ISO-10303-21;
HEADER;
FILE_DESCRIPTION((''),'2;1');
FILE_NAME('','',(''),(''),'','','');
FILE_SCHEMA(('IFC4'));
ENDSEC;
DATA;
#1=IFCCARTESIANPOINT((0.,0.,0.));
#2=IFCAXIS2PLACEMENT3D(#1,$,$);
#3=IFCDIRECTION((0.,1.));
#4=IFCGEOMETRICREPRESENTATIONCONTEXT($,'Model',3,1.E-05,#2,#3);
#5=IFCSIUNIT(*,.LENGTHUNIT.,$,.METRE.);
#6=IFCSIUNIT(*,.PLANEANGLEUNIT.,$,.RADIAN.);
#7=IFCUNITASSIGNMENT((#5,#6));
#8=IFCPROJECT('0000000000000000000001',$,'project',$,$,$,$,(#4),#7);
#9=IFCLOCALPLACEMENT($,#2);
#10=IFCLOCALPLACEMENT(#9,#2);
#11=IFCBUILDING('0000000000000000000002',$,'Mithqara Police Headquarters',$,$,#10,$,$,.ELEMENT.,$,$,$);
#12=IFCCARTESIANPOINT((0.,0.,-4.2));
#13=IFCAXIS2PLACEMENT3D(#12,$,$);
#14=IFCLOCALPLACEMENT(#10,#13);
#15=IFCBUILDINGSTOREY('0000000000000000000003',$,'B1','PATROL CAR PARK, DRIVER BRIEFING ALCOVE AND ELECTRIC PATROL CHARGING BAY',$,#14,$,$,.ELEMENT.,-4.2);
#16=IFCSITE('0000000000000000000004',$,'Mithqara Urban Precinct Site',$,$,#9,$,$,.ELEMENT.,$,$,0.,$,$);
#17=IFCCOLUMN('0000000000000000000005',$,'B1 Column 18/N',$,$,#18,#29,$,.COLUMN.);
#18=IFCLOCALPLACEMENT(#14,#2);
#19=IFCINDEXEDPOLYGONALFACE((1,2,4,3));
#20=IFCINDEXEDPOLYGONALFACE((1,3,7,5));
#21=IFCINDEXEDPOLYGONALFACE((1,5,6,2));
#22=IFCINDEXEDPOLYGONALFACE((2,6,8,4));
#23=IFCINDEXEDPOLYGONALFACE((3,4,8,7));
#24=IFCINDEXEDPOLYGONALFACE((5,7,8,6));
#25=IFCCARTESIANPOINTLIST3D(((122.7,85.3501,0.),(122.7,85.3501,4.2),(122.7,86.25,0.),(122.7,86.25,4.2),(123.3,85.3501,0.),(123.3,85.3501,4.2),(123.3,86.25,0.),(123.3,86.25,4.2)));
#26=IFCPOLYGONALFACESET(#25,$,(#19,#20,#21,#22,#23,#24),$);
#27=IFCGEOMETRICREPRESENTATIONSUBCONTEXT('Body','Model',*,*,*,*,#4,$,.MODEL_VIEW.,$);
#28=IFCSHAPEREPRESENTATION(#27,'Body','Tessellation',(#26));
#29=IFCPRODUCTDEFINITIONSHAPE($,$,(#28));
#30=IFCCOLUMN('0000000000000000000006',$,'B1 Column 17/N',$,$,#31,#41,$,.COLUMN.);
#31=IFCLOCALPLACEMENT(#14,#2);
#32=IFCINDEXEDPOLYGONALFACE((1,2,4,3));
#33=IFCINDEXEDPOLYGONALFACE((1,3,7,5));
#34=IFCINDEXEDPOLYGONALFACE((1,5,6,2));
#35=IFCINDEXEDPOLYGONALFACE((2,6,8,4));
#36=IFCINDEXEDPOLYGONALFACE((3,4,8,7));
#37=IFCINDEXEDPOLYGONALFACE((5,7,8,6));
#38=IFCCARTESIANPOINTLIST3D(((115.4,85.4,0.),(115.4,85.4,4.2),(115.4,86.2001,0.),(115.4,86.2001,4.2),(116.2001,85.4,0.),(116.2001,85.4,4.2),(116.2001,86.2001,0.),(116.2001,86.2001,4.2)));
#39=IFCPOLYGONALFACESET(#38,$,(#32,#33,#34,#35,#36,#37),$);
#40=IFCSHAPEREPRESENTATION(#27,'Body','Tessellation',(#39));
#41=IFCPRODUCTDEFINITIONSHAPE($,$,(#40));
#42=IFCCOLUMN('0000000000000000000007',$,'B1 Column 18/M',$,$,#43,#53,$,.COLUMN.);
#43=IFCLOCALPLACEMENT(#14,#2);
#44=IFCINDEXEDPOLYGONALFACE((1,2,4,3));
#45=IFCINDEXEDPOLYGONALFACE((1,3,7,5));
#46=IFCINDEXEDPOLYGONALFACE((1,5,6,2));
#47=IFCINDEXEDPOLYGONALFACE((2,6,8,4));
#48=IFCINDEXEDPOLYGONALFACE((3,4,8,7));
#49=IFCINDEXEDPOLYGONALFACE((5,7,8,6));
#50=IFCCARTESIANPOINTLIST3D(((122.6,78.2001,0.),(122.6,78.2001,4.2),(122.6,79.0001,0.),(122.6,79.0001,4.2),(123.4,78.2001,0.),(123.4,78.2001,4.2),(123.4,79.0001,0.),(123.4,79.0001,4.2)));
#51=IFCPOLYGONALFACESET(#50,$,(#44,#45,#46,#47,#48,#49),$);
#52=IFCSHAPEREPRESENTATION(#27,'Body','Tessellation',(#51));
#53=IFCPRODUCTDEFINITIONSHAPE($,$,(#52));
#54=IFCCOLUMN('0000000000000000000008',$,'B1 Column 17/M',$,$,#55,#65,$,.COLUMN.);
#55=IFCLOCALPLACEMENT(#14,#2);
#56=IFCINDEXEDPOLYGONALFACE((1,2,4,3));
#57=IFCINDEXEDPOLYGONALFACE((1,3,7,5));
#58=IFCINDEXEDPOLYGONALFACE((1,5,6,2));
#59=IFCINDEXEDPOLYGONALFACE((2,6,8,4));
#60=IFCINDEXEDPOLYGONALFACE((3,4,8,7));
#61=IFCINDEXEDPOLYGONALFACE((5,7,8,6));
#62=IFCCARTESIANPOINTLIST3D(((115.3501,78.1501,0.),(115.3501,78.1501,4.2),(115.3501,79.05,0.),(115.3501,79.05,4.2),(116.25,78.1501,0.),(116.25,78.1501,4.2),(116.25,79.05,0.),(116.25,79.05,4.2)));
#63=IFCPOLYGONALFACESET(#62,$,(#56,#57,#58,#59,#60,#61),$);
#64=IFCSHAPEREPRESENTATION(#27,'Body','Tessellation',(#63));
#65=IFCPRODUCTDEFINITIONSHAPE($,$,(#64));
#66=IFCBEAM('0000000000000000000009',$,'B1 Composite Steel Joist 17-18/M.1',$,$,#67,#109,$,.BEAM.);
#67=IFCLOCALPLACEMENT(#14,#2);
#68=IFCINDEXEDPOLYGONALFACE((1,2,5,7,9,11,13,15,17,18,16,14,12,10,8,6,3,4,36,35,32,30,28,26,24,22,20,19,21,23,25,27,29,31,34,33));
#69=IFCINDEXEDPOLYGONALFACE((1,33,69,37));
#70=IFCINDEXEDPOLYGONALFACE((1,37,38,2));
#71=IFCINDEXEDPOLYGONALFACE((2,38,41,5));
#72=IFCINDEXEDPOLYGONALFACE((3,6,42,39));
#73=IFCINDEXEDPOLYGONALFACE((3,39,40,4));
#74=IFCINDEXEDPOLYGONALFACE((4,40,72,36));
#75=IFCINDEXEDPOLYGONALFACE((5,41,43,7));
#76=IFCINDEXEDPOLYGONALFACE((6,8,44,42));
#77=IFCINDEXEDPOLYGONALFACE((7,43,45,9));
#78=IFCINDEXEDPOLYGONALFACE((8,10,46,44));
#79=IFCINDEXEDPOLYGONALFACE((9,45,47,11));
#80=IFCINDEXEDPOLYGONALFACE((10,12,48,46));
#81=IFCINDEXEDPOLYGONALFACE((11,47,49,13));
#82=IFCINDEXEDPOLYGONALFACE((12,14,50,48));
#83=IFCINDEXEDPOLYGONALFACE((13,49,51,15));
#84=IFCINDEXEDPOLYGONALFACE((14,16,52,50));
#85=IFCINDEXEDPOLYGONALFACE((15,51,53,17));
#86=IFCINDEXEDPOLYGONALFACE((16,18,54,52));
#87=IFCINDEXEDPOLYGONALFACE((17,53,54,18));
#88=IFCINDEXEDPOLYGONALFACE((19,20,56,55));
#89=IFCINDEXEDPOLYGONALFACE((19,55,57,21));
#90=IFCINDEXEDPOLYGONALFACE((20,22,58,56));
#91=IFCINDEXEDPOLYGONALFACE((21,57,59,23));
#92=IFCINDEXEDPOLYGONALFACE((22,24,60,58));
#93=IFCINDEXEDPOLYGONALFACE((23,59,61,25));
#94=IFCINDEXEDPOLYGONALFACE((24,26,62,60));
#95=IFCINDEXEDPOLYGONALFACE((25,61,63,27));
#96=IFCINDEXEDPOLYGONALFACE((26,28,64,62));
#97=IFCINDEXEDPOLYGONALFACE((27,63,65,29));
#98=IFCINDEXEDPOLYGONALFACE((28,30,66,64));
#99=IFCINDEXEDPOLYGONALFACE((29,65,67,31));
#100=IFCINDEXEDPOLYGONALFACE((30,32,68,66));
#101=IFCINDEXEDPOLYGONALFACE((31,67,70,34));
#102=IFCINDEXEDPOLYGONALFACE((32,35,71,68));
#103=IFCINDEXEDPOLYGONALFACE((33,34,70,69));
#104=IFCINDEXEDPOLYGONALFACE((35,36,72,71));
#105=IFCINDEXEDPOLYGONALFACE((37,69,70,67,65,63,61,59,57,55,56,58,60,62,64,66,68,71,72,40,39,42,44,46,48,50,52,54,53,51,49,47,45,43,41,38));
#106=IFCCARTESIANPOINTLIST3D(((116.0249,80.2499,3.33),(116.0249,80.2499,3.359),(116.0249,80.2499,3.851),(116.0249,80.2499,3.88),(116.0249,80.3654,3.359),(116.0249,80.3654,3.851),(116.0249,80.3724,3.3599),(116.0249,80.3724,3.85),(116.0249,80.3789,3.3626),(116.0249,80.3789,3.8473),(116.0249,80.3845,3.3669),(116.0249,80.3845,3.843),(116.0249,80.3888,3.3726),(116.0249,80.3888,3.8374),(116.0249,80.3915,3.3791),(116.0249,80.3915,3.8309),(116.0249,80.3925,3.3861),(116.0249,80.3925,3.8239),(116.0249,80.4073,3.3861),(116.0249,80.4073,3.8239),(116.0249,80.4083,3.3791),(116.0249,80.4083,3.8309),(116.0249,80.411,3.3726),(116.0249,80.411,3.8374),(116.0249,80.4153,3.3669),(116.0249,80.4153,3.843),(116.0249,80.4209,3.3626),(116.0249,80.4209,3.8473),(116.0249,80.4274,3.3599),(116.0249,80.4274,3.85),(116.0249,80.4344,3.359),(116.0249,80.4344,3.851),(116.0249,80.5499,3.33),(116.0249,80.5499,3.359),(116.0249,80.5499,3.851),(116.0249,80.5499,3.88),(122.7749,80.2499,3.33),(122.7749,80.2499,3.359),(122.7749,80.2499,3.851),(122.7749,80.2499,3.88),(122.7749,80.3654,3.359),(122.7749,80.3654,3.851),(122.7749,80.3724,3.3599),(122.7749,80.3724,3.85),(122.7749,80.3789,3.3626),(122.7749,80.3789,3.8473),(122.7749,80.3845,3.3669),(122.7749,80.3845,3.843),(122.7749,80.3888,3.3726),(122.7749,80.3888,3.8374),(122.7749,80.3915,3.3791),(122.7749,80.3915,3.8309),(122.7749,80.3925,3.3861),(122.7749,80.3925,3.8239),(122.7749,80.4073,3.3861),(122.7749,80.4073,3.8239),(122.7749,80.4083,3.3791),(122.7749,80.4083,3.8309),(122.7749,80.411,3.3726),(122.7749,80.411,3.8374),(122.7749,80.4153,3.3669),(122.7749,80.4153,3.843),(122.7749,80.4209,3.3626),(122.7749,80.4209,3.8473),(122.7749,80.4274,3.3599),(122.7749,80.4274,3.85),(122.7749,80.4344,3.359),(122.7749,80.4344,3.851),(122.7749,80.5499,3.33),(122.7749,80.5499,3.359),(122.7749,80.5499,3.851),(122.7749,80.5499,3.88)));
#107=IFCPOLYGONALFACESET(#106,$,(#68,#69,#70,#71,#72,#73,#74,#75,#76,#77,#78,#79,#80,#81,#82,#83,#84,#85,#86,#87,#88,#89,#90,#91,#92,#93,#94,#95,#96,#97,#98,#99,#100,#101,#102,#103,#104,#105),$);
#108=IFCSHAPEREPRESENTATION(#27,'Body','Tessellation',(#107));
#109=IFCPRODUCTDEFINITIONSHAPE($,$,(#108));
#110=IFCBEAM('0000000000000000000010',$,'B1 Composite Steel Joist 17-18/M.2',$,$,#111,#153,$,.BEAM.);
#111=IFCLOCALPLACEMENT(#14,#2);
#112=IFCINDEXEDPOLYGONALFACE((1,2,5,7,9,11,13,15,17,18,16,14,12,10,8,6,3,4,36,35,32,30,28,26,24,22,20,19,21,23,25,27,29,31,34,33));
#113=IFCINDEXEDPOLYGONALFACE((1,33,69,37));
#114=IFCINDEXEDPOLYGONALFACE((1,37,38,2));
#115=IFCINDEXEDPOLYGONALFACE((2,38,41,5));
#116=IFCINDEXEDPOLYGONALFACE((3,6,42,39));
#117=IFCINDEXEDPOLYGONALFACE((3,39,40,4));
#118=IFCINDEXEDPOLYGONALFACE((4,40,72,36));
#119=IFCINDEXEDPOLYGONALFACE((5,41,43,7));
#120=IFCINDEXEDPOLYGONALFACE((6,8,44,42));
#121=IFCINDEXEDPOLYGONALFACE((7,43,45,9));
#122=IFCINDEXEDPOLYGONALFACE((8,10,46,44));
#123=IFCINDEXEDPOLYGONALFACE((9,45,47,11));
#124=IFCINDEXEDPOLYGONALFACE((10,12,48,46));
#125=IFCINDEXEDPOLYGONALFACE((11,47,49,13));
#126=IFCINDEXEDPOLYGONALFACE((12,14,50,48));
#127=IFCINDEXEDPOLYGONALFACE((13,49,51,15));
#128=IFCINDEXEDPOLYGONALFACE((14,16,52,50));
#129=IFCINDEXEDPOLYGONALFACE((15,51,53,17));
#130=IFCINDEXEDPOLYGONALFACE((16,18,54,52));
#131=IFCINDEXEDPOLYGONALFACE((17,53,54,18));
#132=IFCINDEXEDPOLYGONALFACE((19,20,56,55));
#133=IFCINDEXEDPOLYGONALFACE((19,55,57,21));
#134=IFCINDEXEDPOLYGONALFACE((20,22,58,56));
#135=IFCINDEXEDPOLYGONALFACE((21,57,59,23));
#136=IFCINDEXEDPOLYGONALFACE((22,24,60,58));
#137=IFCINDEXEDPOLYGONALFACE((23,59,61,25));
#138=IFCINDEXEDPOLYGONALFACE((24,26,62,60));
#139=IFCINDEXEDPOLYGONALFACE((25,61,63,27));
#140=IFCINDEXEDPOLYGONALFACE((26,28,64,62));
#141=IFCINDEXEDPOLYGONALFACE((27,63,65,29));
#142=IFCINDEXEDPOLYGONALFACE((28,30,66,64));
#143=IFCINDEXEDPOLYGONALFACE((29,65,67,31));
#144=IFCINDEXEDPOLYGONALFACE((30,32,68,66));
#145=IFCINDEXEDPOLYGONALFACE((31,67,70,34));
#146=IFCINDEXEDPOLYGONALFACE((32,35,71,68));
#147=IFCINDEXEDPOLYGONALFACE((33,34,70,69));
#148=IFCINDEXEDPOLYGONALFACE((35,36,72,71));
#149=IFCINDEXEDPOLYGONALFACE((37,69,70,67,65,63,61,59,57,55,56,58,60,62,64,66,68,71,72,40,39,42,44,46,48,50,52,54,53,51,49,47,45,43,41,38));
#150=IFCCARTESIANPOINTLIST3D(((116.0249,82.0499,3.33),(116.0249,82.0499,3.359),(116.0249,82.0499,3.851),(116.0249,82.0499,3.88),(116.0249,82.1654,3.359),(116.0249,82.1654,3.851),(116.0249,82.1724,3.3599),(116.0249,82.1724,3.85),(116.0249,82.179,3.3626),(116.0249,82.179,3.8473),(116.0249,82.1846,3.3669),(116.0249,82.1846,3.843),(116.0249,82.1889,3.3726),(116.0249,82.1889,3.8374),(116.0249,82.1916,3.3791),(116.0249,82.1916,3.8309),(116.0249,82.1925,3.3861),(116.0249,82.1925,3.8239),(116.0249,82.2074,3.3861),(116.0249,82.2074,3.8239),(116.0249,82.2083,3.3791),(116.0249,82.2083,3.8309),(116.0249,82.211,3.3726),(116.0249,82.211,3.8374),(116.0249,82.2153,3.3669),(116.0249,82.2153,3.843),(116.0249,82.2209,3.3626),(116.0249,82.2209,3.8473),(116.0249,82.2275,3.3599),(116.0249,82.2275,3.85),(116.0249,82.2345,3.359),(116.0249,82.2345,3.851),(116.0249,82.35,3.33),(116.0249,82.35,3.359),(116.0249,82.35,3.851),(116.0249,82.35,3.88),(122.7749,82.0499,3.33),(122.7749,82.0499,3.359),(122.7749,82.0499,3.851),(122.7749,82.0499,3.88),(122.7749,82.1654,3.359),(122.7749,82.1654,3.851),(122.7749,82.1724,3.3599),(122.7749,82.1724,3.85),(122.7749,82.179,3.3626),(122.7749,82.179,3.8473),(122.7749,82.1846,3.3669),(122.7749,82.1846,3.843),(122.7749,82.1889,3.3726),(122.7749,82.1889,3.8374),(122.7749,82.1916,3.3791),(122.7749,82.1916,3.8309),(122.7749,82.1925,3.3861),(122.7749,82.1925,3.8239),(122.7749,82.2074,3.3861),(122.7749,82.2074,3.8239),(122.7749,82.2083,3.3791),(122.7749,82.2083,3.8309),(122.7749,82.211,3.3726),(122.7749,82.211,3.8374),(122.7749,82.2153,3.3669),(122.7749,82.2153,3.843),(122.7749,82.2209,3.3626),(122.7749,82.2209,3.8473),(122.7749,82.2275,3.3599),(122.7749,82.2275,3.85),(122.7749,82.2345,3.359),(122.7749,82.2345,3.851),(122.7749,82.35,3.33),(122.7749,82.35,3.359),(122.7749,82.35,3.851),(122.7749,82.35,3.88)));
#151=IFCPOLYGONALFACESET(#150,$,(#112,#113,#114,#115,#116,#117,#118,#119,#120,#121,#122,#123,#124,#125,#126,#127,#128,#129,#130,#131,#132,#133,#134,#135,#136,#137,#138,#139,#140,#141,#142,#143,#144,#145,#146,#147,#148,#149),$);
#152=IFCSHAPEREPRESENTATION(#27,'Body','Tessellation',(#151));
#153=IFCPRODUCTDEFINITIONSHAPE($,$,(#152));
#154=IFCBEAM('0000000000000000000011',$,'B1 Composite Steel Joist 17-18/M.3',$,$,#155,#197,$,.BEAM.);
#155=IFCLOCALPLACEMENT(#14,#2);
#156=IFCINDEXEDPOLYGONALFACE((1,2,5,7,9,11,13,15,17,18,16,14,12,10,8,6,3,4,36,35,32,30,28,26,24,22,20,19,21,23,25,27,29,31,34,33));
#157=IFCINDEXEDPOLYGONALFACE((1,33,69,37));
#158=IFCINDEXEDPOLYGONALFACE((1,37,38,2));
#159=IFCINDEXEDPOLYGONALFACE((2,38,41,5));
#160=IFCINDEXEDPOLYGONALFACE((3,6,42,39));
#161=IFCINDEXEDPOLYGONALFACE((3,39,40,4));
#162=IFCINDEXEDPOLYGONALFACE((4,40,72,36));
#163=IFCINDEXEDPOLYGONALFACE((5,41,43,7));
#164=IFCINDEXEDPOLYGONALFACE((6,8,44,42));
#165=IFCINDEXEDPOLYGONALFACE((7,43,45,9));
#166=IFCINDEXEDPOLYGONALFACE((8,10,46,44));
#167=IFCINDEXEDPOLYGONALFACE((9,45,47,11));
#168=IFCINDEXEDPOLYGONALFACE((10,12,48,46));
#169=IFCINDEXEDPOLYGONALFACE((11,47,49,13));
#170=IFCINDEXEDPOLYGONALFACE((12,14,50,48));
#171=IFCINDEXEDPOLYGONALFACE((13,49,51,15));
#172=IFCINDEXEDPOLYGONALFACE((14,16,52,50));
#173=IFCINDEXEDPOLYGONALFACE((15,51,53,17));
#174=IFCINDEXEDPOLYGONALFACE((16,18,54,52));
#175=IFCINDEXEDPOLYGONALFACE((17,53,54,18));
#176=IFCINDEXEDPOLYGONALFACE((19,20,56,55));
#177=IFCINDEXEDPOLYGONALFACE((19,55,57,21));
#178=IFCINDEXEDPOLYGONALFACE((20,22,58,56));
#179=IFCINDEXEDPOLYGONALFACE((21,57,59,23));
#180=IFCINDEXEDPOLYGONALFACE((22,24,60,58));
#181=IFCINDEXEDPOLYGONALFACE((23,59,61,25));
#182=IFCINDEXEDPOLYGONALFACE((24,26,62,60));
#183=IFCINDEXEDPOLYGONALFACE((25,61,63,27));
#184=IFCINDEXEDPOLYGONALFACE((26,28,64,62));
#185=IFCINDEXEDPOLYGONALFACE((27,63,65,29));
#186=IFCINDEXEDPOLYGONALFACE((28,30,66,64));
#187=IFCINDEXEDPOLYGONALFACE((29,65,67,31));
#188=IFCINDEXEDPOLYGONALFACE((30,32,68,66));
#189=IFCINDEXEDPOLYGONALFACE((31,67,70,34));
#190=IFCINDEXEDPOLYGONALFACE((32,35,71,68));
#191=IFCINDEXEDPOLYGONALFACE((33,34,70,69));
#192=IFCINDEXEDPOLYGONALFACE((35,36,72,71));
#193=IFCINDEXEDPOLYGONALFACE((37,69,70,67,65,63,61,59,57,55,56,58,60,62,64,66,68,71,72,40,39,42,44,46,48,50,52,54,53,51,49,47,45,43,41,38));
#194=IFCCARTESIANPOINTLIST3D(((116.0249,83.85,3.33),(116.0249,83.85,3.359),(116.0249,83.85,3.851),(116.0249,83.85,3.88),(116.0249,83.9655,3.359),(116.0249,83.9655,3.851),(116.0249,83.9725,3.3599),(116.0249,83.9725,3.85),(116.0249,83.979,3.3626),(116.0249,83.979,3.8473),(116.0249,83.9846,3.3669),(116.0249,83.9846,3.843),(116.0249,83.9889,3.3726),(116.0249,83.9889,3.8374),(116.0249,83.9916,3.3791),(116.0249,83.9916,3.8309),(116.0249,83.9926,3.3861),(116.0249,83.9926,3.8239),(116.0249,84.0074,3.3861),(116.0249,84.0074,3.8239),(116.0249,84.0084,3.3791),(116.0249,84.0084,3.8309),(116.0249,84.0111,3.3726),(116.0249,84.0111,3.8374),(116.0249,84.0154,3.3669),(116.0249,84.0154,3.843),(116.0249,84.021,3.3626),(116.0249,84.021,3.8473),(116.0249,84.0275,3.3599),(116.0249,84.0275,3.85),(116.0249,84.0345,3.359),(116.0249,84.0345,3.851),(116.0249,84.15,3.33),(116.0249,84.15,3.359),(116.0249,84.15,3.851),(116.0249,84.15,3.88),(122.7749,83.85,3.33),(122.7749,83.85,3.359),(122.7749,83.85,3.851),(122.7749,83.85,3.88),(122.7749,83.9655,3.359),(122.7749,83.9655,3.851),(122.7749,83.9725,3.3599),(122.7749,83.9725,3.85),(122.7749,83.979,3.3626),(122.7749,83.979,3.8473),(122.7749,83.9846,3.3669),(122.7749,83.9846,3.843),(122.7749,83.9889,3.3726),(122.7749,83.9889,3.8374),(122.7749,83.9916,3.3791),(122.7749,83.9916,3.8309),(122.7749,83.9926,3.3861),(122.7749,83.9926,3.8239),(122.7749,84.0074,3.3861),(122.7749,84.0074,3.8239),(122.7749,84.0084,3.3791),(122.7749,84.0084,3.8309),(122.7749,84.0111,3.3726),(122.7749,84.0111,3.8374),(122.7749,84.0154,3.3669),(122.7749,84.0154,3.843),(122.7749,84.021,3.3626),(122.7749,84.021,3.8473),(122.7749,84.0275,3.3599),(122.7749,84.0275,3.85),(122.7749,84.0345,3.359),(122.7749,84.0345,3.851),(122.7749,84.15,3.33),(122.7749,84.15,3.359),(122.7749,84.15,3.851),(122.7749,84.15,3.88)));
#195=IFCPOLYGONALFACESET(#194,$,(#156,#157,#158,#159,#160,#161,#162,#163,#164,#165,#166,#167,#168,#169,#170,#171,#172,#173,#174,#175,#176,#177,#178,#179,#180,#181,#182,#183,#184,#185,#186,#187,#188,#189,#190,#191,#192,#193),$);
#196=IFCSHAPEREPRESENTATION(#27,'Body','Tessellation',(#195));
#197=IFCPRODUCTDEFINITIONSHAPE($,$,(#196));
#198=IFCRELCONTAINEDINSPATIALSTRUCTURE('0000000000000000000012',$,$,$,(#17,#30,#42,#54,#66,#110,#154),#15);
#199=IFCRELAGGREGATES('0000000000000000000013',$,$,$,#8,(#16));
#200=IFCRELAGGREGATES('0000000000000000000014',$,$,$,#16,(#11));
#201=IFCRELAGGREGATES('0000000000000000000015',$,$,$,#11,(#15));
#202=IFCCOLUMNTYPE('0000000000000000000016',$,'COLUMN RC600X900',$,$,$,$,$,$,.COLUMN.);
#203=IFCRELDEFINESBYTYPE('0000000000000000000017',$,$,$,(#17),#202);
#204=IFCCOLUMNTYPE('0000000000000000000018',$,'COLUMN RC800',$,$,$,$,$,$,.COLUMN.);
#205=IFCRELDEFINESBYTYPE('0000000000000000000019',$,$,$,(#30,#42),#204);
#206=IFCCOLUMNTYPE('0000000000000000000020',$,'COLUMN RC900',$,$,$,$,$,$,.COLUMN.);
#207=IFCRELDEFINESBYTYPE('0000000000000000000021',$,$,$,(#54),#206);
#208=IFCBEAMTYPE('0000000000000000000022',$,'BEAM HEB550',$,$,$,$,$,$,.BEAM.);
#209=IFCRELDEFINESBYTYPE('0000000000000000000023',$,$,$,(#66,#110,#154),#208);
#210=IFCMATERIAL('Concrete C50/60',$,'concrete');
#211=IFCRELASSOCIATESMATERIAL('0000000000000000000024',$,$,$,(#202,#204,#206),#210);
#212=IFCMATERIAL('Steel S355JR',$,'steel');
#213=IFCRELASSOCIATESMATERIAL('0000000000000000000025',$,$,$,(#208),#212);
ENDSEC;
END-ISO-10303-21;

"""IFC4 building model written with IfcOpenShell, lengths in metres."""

from ifc_helpers import new_model, si_unit, direction, frame, origin, origin_2d, place, context, subcontext, project, spatial, rectangle, i_section, extrude, material, material_profile, profile_set, type_object, element, save


model = new_model("IFC4")

# Units and contexts
model_context = context("Model", 3, precision=1e-05, world=origin(), true_north=direction((0.0, 1.0)))
body_context = subcontext(model_context, "Body", "Model", "MODEL_VIEW")
ifc_project = project(units=[si_unit("LENGTHUNIT", "METRE"), si_unit("PLANEANGLEUNIT", "RADIAN")], contexts=[model_context])

# Site, building, storey
site_placement = place(None, origin())
site = spatial("IfcSite", under=ifc_project, at=site_placement, Name="Mithqara Urban Precinct Site", CompositionType="ELEMENT", RefElevation=0.0)
building_placement = place(site_placement, origin())
building = spatial("IfcBuilding", under=site, at=building_placement, Name="Mithqara Police Headquarters", CompositionType="ELEMENT")
storey_placement = place(building_placement, frame((0.0, 0.0, -4.2)))
storey = spatial("IfcBuildingStorey", under=building, at=storey_placement, Name="B1", Description="PATROL CAR PARK, DRIVER BRIEFING ALCOVE AND ELECTRIC PATROL CHARGING BAY", CompositionType="ELEMENT", Elevation=-4.2)

# Columns
ifc_material_1 = material(Name="Concrete C50/60", Category="concrete")
ifc_material_profile_1 = material_profile(ifc_material_1, rectangle(XDim=0.6001, YDim=0.8999, at=origin_2d()), Name="RC 600x900")
ifc_profile_set_1 = profile_set([ifc_material_profile_1], Name="Concrete C50/60")
column_type_1 = type_object("IfcColumnType", Name="COLUMN RC600X900", PredefinedType="COLUMN", material=ifc_profile_set_1)
column_1_placement = place(storey_placement, frame((123.0, 85.8, 0.0), z_axis=(0.0, 0.0, 1.0), x_axis=(1.0, 0.0, 0.0)))
element("IfcColumn", 1, at=column_1_placement, inside=storey, type_object=column_type_1, Name="B1 Column 18/N", PredefinedType="COLUMN", context=body_context, shape_type="SweptSolid", body=[
    extrude(rectangle(XDim=0.6001, YDim=0.8999, at=origin_2d()), origin(), (0.0, 0.0, 1.0), 4.2),
])
ifc_material_profile_2 = material_profile(ifc_material_1, rectangle(XDim=0.8, YDim=0.8, at=origin_2d()), Name="RC 800x800")
ifc_profile_set_2 = profile_set([ifc_material_profile_2], Name="Concrete C50/60")
column_type_2 = type_object("IfcColumnType", Name="COLUMN RC800", PredefinedType="COLUMN", material=ifc_profile_set_2)
for number, where, z_axis, x_axis, name in (
    (2, (115.8, 85.8, 0.0), (0.0, 0.0, 1.0), (1.0, 0.0, 0.0), "B1 Column 17/N"),
    (3, (123.0, 78.6001, 0.0), (0.0, 0.0, 1.0), (1.0, 0.0, 0.0), "B1 Column 18/M"),
):
    element("IfcColumn", number, at=place(storey_placement, frame(where, z_axis=z_axis, x_axis=x_axis)), inside=storey, type_object=column_type_2, Name=name, PredefinedType="COLUMN", context=body_context, shape_type="SweptSolid", body=[
        extrude(rectangle(XDim=0.8, YDim=0.8, at=origin_2d()), origin(), (0.0, 0.0, 1.0), 4.2),
    ])
ifc_material_profile_3 = material_profile(ifc_material_1, rectangle(XDim=0.8999, YDim=0.8999, at=origin_2d()), Name="RC 900x900")
ifc_profile_set_3 = profile_set([ifc_material_profile_3], Name="Concrete C50/60")
column_type_3 = type_object("IfcColumnType", Name="COLUMN RC900", PredefinedType="COLUMN", material=ifc_profile_set_3)
column_2_placement = place(storey_placement, frame((115.8, 78.6001, 0.0), z_axis=(0.0, 0.0, 1.0), x_axis=(1.0, 0.0, 0.0)))
element("IfcColumn", 4, at=column_2_placement, inside=storey, type_object=column_type_3, Name="B1 Column 17/M", PredefinedType="COLUMN", context=body_context, shape_type="SweptSolid", body=[
    extrude(rectangle(XDim=0.8999, YDim=0.8999, at=origin_2d()), origin(), (0.0, 0.0, 1.0), 4.2),
])

# Beams
ifc_material_2 = material(Name="Steel S355JR", Category="steel")
ifc_material_profile_4 = material_profile(ifc_material_2, i_section(OverallWidth=0.3, OverallDepth=0.55, WebThickness=0.0149, FlangeThickness=0.0291, FilletRadius=0.0271, at=origin_2d()), Name="HEB 550")
ifc_profile_set_4 = profile_set([ifc_material_profile_4], Name="Steel S355JR")
beam_type_1 = type_object("IfcBeamType", Name="BEAM HEB550", PredefinedType="BEAM", material=ifc_profile_set_4)
for number, where, z_axis, x_axis, name in (
    (5, (116.0249, 80.3999, 3.605), (1.0, 0.0, 0.0), (0.0, 1.0, 0.0), "B1 Composite Steel Joist 17-18/M.1"),
    (6, (116.0249, 82.2, 3.605), (1.0, 0.0, 0.0), (0.0, 1.0, 0.0), "B1 Composite Steel Joist 17-18/M.2"),
    (7, (116.0249, 84.0, 3.605), (1.0, 0.0, 0.0), (0.0, 1.0, 0.0), "B1 Composite Steel Joist 17-18/M.3"),
):
    element("IfcBeam", number, at=place(storey_placement, frame(where, z_axis=z_axis, x_axis=x_axis)), inside=storey, type_object=beam_type_1, Name=name, PredefinedType="BEAM", context=body_context, shape_type="SweptSolid", body=[
        extrude(i_section(OverallWidth=0.3, OverallDepth=0.55, WebThickness=0.0149, FlangeThickness=0.0291, FilletRadius=0.0271, at=origin_2d()), origin(), (0.0, 0.0, 1.0), 6.75),
    ])

save(model, "model.ifc")
